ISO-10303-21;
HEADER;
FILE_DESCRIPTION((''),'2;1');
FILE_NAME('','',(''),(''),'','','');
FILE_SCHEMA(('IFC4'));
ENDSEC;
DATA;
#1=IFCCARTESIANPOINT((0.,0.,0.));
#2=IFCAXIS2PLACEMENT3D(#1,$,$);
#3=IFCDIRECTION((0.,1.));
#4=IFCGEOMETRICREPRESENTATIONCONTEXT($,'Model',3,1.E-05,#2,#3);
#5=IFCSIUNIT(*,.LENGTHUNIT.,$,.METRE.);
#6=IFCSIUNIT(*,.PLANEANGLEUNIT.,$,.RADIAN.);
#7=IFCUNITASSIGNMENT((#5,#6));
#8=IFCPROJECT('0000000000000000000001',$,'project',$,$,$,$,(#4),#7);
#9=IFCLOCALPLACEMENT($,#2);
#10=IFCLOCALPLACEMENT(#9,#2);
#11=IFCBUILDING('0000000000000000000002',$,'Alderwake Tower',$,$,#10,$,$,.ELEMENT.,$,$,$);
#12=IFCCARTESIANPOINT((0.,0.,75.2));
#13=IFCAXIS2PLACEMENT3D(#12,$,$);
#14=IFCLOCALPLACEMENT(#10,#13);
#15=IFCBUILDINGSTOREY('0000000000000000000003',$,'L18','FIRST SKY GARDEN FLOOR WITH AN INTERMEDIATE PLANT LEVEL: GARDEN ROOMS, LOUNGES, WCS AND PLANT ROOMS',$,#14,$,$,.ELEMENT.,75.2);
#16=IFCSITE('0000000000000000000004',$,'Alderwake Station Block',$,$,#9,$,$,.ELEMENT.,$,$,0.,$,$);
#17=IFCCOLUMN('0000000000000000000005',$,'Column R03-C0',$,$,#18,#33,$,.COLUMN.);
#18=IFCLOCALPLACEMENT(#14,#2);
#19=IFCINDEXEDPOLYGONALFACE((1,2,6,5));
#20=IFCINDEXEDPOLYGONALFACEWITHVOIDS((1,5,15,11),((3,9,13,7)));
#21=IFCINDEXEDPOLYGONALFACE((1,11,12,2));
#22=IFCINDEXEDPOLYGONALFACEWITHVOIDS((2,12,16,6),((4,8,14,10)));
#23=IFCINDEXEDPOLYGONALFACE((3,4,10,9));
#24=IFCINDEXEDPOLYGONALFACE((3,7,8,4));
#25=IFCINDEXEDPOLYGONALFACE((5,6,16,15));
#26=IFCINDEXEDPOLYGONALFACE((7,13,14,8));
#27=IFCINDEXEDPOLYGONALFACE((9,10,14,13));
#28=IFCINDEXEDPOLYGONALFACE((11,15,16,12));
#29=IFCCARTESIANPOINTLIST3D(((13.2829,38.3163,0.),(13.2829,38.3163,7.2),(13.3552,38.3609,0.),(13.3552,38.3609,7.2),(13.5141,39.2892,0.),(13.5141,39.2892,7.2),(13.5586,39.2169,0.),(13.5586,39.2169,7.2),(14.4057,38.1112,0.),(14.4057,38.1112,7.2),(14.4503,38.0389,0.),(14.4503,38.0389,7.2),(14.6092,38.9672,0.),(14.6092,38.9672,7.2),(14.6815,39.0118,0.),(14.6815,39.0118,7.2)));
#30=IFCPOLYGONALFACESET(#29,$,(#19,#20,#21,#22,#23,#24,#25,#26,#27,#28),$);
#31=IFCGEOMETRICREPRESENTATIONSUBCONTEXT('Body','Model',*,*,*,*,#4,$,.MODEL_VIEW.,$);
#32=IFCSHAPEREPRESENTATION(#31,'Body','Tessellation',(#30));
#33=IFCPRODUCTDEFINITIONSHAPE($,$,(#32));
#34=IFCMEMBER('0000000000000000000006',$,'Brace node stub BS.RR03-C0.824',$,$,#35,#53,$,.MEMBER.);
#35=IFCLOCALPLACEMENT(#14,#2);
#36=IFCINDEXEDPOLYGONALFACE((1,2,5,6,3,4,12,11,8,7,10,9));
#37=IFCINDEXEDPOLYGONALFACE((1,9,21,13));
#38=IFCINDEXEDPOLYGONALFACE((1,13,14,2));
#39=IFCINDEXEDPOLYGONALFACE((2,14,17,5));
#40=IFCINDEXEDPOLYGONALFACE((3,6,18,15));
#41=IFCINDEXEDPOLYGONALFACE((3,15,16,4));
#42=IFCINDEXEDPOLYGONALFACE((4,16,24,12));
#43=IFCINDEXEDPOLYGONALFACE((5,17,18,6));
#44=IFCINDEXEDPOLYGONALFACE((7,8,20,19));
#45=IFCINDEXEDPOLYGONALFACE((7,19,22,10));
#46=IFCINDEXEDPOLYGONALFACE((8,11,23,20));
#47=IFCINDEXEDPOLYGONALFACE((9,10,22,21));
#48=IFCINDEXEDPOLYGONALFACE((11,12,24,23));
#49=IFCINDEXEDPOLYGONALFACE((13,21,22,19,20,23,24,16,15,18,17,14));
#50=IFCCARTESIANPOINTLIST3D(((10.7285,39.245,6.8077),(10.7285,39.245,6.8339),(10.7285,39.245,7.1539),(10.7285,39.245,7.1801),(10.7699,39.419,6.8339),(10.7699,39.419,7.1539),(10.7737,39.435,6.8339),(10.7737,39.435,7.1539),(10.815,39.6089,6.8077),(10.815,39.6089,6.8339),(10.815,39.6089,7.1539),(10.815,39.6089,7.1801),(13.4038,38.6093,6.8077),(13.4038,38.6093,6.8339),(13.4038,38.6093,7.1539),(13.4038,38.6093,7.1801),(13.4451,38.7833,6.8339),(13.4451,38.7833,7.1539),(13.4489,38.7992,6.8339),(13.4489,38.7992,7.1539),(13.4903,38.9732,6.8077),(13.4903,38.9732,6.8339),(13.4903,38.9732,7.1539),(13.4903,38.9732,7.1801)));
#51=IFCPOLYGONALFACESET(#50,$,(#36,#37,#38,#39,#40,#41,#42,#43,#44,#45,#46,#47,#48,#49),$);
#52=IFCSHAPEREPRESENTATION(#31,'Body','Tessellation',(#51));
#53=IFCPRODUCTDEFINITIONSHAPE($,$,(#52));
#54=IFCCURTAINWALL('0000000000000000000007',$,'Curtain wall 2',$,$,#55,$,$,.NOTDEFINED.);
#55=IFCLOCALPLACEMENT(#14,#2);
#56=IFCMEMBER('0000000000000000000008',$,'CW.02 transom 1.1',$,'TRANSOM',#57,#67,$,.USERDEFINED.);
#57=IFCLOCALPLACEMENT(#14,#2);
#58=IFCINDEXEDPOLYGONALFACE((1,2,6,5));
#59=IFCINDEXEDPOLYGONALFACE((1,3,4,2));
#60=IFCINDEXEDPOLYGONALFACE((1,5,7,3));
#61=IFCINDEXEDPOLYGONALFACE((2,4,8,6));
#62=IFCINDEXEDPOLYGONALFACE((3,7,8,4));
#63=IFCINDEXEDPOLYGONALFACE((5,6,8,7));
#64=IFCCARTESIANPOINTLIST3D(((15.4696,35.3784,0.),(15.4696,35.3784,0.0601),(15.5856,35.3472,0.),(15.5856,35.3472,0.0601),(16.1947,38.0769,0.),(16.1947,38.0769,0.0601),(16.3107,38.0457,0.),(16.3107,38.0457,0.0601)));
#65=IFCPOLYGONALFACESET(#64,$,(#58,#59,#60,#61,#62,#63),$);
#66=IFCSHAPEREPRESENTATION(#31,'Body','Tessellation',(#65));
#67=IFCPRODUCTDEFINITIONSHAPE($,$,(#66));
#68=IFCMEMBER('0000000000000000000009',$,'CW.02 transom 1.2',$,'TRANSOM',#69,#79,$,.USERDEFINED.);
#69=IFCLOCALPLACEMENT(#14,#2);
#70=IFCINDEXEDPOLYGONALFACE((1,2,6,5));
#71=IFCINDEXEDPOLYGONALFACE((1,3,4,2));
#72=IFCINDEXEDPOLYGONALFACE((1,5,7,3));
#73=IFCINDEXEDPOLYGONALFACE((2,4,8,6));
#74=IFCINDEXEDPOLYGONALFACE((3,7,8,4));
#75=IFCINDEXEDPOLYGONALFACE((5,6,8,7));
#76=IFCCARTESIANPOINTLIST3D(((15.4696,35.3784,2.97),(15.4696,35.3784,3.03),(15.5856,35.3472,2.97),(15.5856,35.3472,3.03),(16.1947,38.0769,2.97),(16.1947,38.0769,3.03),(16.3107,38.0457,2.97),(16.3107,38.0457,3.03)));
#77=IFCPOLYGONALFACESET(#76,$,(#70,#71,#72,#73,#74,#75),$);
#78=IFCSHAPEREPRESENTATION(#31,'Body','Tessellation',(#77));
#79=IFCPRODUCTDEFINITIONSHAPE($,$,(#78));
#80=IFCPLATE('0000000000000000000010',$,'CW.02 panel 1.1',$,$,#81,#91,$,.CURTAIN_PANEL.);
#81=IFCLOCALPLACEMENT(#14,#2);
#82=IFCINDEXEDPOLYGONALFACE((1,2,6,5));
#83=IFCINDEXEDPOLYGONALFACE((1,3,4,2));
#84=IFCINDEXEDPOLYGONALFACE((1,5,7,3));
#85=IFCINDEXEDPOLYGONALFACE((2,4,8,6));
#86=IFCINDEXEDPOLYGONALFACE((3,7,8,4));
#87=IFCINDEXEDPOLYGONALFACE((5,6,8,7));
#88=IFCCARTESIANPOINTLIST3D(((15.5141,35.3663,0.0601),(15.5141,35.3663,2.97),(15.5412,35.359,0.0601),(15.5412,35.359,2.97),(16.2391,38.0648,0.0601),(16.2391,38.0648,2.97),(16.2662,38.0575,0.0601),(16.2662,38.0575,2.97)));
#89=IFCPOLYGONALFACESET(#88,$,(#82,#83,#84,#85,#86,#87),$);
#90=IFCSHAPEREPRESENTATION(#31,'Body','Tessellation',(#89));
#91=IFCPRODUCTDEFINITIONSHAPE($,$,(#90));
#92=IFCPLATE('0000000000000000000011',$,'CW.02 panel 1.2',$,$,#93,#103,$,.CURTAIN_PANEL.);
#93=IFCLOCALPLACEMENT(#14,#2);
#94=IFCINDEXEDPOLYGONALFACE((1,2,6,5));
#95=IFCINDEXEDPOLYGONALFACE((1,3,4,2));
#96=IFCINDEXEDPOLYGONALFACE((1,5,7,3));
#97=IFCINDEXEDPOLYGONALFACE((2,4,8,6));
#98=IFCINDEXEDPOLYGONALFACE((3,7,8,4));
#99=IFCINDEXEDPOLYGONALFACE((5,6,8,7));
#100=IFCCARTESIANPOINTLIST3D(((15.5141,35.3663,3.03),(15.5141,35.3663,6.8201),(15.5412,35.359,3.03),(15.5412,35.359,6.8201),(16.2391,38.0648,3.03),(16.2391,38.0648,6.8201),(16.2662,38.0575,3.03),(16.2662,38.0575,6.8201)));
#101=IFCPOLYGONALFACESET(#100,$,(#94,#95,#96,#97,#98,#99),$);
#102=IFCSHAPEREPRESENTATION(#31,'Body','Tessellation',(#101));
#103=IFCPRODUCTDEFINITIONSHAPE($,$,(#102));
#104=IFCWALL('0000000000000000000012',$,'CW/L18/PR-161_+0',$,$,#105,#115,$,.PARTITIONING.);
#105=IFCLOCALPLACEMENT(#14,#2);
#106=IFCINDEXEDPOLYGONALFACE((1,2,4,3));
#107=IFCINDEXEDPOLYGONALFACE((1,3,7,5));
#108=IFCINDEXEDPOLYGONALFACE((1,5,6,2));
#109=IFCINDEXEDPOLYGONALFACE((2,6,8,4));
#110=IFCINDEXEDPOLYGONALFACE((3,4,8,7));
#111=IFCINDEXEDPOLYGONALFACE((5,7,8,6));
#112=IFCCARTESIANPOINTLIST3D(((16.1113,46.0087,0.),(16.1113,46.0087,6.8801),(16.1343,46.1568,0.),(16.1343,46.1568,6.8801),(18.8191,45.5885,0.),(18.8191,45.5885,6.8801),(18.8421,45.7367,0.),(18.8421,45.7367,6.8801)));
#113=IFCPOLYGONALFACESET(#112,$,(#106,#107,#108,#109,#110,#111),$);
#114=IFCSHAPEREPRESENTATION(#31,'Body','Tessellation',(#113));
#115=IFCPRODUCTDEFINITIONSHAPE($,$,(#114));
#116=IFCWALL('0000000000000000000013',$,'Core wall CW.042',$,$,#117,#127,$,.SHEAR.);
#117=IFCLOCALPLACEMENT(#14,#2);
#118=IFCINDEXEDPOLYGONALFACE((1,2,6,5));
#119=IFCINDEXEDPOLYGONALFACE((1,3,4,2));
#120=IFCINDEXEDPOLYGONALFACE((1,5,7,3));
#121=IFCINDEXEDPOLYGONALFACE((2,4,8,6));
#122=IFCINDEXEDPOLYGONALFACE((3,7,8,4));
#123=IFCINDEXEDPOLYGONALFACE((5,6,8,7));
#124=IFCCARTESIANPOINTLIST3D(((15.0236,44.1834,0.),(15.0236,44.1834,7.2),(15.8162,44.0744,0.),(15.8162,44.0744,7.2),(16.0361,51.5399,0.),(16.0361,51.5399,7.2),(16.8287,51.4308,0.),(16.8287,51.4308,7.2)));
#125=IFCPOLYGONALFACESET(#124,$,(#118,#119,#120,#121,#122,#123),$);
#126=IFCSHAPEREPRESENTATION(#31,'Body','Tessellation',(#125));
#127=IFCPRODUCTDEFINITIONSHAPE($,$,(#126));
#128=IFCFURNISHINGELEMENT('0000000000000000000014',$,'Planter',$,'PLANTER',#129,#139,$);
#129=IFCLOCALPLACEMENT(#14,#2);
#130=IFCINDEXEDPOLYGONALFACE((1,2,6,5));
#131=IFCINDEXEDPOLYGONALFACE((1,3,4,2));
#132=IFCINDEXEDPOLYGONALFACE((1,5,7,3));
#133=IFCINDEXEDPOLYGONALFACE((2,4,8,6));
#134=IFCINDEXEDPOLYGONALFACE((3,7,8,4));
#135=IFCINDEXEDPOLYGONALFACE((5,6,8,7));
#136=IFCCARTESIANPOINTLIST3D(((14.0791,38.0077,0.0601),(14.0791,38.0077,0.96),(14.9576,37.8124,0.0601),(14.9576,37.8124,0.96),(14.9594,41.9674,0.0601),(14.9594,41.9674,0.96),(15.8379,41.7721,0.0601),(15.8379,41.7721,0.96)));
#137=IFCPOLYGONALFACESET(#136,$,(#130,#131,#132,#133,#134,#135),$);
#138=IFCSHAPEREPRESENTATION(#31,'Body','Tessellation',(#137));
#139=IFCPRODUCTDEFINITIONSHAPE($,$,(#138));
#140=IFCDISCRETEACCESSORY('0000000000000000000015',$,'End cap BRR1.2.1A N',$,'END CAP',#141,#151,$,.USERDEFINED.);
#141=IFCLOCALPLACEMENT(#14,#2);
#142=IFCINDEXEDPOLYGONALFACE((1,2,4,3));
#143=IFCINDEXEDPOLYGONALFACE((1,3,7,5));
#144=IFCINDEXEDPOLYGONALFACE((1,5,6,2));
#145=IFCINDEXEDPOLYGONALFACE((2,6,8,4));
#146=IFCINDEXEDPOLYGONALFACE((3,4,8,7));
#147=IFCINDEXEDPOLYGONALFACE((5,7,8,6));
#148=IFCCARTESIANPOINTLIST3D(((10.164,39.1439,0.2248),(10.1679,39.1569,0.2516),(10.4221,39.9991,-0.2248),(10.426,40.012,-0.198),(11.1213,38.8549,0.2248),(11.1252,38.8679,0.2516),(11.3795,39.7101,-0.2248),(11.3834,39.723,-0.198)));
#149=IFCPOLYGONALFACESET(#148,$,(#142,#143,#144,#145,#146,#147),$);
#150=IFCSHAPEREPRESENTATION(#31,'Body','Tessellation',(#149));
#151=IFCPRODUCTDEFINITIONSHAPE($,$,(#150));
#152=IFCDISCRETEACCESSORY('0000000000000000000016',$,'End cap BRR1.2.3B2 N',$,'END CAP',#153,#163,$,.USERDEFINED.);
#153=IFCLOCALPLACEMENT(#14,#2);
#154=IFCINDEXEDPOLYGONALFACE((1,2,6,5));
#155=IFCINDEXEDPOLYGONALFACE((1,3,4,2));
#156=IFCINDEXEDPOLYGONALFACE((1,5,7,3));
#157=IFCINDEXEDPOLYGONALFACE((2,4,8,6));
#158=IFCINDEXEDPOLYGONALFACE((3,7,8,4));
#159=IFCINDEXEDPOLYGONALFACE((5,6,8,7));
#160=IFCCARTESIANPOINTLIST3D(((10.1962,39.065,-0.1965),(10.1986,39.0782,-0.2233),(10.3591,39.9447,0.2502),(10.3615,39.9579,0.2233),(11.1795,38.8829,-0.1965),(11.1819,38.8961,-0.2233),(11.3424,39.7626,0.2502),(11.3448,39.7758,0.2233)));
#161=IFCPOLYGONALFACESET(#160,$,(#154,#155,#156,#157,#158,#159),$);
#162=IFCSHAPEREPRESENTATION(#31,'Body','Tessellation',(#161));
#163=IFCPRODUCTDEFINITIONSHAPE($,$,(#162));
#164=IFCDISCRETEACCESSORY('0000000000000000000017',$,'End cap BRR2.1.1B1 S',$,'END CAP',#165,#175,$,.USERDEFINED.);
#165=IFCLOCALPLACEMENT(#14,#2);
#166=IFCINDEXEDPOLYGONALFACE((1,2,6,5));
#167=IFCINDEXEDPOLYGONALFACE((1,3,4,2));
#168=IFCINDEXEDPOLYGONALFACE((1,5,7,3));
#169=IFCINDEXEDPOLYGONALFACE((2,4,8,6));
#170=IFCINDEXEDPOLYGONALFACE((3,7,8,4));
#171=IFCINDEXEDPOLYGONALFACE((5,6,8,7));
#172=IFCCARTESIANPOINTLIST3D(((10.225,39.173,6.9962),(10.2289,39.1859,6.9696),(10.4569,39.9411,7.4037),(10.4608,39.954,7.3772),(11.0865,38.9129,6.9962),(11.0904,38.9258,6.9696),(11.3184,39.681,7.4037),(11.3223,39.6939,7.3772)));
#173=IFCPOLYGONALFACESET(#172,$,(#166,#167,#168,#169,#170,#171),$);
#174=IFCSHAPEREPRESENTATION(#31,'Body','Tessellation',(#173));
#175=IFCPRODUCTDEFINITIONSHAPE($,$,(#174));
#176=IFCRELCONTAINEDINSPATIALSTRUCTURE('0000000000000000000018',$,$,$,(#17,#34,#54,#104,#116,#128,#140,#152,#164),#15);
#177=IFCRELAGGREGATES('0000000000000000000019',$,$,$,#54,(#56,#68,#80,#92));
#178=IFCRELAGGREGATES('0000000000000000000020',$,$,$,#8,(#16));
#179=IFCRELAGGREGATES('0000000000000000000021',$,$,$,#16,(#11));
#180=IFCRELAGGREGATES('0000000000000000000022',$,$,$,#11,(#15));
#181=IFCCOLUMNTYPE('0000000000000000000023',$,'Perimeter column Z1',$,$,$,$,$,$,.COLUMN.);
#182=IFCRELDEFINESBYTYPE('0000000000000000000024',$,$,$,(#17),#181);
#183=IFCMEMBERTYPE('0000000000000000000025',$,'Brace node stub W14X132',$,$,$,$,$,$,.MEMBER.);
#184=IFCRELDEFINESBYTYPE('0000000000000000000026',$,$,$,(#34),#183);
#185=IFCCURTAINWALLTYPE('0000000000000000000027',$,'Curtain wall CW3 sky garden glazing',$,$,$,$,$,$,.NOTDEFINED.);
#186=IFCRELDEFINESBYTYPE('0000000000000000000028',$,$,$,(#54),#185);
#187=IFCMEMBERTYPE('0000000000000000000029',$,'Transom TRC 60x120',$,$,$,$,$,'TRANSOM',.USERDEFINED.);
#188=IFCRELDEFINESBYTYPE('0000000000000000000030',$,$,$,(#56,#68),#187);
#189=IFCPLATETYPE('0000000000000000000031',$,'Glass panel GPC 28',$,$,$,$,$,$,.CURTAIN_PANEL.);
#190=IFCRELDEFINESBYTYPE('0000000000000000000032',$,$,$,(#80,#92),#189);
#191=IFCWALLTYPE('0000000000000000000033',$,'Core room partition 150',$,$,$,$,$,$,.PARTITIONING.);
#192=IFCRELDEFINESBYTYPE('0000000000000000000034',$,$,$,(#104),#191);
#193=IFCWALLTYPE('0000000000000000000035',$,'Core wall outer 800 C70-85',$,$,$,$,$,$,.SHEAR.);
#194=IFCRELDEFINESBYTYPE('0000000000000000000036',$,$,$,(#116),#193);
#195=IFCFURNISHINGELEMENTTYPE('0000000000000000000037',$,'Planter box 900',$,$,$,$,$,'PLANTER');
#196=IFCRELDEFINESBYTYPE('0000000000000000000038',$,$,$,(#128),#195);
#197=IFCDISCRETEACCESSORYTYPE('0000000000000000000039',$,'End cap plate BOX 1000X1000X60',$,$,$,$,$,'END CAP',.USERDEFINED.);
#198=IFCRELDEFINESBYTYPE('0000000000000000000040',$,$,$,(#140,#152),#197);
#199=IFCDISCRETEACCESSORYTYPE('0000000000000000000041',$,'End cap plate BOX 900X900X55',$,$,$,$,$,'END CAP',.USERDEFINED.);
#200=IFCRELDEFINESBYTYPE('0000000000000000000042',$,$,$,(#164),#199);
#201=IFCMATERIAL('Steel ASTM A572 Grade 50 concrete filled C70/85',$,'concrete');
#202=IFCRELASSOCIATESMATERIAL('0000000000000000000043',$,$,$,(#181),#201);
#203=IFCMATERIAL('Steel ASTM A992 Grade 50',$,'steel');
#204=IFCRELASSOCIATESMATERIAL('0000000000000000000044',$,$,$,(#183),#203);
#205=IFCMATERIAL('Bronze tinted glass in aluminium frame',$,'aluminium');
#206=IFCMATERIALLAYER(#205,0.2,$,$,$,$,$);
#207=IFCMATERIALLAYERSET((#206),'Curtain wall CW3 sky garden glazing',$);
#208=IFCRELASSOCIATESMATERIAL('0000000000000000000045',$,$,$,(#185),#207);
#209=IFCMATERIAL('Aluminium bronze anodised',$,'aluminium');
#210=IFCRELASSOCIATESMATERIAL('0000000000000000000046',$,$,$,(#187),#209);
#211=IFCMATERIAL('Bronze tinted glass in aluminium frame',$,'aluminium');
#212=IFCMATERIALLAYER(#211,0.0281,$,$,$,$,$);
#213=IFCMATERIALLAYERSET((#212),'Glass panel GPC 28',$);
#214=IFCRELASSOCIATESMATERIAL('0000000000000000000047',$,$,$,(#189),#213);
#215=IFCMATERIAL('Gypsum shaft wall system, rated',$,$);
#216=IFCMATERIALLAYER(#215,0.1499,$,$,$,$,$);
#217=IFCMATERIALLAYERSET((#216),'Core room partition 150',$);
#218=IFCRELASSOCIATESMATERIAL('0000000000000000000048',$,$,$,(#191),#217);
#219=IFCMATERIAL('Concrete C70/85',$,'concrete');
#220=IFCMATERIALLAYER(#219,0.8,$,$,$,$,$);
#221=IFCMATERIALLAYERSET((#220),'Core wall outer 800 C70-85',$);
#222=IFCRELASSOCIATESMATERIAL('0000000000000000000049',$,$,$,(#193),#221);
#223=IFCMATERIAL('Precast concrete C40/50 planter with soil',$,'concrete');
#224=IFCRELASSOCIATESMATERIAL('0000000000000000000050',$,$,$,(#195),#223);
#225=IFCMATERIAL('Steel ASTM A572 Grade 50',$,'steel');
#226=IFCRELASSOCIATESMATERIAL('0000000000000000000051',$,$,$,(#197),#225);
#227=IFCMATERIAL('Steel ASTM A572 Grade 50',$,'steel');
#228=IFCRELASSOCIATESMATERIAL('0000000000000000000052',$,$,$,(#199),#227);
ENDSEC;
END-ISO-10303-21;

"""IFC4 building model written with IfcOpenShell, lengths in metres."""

from ifc_helpers import new_model, si_unit, direction, frame, frame_2d, origin, origin_2d, place, context, subcontext, project, spatial, rectangle, hollow_rectangle, i_section, extrude, material, layer, layer_set, material_profile, profile_set, type_object, element, aggregate, save


model = new_model("IFC4")

# Units and contexts
model_context = context("Model", 3, precision=1e-05, world=origin(), true_north=direction((0.0, 1.0)))
body_context = subcontext(model_context, "Body", "Model", "MODEL_VIEW")
ifc_project = project(units=[si_unit("LENGTHUNIT", "METRE"), si_unit("PLANEANGLEUNIT", "RADIAN")], contexts=[model_context])

# Site, building, storey
site_placement = place(None, origin())
site = spatial("IfcSite", under=ifc_project, at=site_placement, Name="Alderwake Station Block", CompositionType="ELEMENT", RefElevation=0.0)
building_placement = place(site_placement, origin())
building = spatial("IfcBuilding", under=site, at=building_placement, Name="Alderwake Tower", CompositionType="ELEMENT")
storey_placement = place(building_placement, frame((0.0, 0.0, 75.2)))
storey = spatial("IfcBuildingStorey", under=building, at=storey_placement, Name="L18", Description="FIRST SKY GARDEN FLOOR WITH AN INTERMEDIATE PLANT LEVEL: GARDEN ROOMS, LOUNGES, WCS AND PLANT ROOMS", CompositionType="ELEMENT", Elevation=75.2)

# Column
ifc_material_1 = material(Name="Steel ASTM A572 Grade 50 concrete filled C70/85", Category="concrete")
ifc_material_profile_1 = material_profile(ifc_material_1, hollow_rectangle(XDim=1.0, YDim=1.2, WallThickness=0.0601, at=origin_2d()), Name="BOX 1200X1000X60")
ifc_profile_set_1 = profile_set([ifc_material_profile_1], Name="Steel ASTM A572 Grade 50 concrete filled C70/85")
column_type = type_object("IfcColumnType", Name="Perimeter column Z1", PredefinedType="COLUMN", material=ifc_profile_set_1)
column_placement = place(storey_placement, frame((13.9822, 38.6641, 0.0), z_axis=(0.0, 0.0, 1.0), x_axis=(0.231222, 0.972901, 0.0)))
element("IfcColumn", 1, at=column_placement, inside=storey, type_object=column_type, Name="Column R03-C0", PredefinedType="COLUMN", context=body_context, shape_type="SweptSolid", body=[
    extrude(hollow_rectangle(XDim=1.0, YDim=1.2, WallThickness=0.0601, at=origin_2d()), origin(), (0.0, 0.0, 1.0), 7.2),
])

# Member
ifc_material_2 = material(Name="Steel ASTM A992 Grade 50", Category="steel")
ifc_material_profile_2 = material_profile(ifc_material_2, i_section(OverallWidth=0.374, OverallDepth=0.3723, WebThickness=0.0164, FlangeThickness=0.0261, at=origin_2d()), Name="W14X132")
ifc_profile_set_2 = profile_set([ifc_material_profile_2], Name="Steel ASTM A992 Grade 50")
member_type_1 = type_object("IfcMemberType", Name="Brace node stub W14X132", PredefinedType="MEMBER", material=ifc_profile_set_2)
member_1_placement = place(storey_placement, frame((13.447, 38.7913, 6.9939), z_axis=(-0.972907, 0.231196, 0.0), x_axis=(-0.231196, -0.972907, 0.0)))
element("IfcMember", 2, at=member_1_placement, inside=storey, type_object=member_type_1, Name="Brace node stub BS.RR03-C0.824", PredefinedType="MEMBER", context=body_context, shape_type="SweptSolid", body=[
    extrude(i_section(OverallWidth=0.374, OverallDepth=0.3723, WebThickness=0.0164, FlangeThickness=0.0261, at=origin_2d()), origin(), (0.0, 0.0, 1.0), 2.7498),
])

# Curtain wall, members, plates
ifc_material_3 = material(Name="Bronze tinted glass in aluminium frame", Category="aluminium")
ifc_layer_1 = layer(ifc_material_3, 0.2)
ifc_layer_set_1 = layer_set([ifc_layer_1], Name="Curtain wall CW3 sky garden glazing")
curtain_wall_type = type_object("IfcCurtainWallType", Name="Curtain wall CW3 sky garden glazing", PredefinedType="NOTDEFINED", material=ifc_layer_set_1)
curtain_wall_placement = place(storey_placement, origin())
curtain_wall = element("IfcCurtainWall", 3, at=curtain_wall_placement, inside=storey, type_object=curtain_wall_type, Name="Curtain wall 2", PredefinedType="NOTDEFINED")
ifc_material_4 = material(Name="Aluminium bronze anodised", Category="aluminium")
ifc_material_profile_3 = material_profile(ifc_material_4, rectangle(XDim=0.1201, YDim=0.0601, at=origin_2d()), Name="Transom TRC 60x120")
ifc_profile_set_3 = profile_set([ifc_material_profile_3], Name="Aluminium bronze anodised")
member_type_2 = type_object("IfcMemberType", Name="Transom TRC 60x120", ElementType="TRANSOM", PredefinedType="USERDEFINED", material=ifc_profile_set_3)
member_2_placement = place(storey_placement, frame((16.2527, 38.0613, 0.03), z_axis=(-0.2595, -0.965743, 0.0), x_axis=(0.965743, -0.2595, 0.0)))
member_2 = element("IfcMember", 4, at=member_2_placement, type_object=member_type_2, Name="CW.02 transom 1.1", ObjectType="TRANSOM", PredefinedType="USERDEFINED", context=body_context, shape_type="SweptSolid", body=[
    extrude(rectangle(XDim=0.1201, YDim=0.0601, at=origin_2d()), origin(), (0.0, 0.0, 1.0), 2.7942),
])
member_3_placement = place(storey_placement, frame((16.2527, 38.0613, 3.0), z_axis=(-0.2595, -0.965743, 0.0), x_axis=(0.965743, -0.2595, 0.0)))
member_3 = element("IfcMember", 5, at=member_3_placement, type_object=member_type_2, Name="CW.02 transom 1.2", ObjectType="TRANSOM", PredefinedType="USERDEFINED", context=body_context, shape_type="SweptSolid", body=[
    extrude(rectangle(XDim=0.1201, YDim=0.0601, at=origin_2d()), origin(), (0.0, 0.0, 1.0), 2.7942),
])
ifc_material_5 = material(Name="Bronze tinted glass in aluminium frame", Category="aluminium")
ifc_layer_2 = layer(ifc_material_5, 0.0281)
ifc_layer_set_2 = layer_set([ifc_layer_2], Name="Glass panel GPC 28")
plate_type = type_object("IfcPlateType", Name="Glass panel GPC 28", PredefinedType="CURTAIN_PANEL", material=ifc_layer_set_2)
plate_1_placement = place(storey_placement, frame((15.8901, 36.7119, 0.0601), z_axis=(0.0, 0.0, 1.0), x_axis=(-0.259484, -0.965748, 0.0)))
plate_1 = element("IfcPlate", 6, at=plate_1_placement, type_object=plate_type, Name="CW.02 panel 1.1", PredefinedType="CURTAIN_PANEL", context=body_context, shape_type="SweptSolid", body=[
    extrude(rectangle(XDim=2.7942, YDim=0.0281, at=origin_2d()), origin(), (0.0, 0.0, 1.0), 2.9099),
])
plate_2_placement = place(storey_placement, frame((15.8901, 36.7119, 3.03), z_axis=(0.0, 0.0, 1.0), x_axis=(-0.259484, -0.965748, 0.0)))
plate_2 = element("IfcPlate", 7, at=plate_2_placement, type_object=plate_type, Name="CW.02 panel 1.2", PredefinedType="CURTAIN_PANEL", context=body_context, shape_type="SweptSolid", body=[
    extrude(rectangle(XDim=2.7942, YDim=0.0281, at=origin_2d()), origin(), (0.0, 0.0, 1.0), 3.79),
])
aggregate(curtain_wall, [member_2, member_3, plate_1, plate_2])

# Walls
ifc_material_6 = material(Name="Gypsum shaft wall system, rated")
ifc_layer_3 = layer(ifc_material_6, 0.1499)
ifc_layer_set_3 = layer_set([ifc_layer_3], Name="Core room partition 150")
wall_type_1 = type_object("IfcWallType", Name="Core room partition 150", PredefinedType="PARTITIONING", material=ifc_layer_set_3)
wall_1_placement = place(storey_placement, frame((16.1228, 46.0828, 0.0), z_axis=(0.0, 0.0, 1.0), x_axis=(0.988174, -0.153336, 0.0)))
element("IfcWall", 8, at=wall_1_placement, inside=storey, type_object=wall_type_1, Name="CW/L18/PR-161_+0", PredefinedType="PARTITIONING", context=body_context, shape_type="SweptSolid", body=[
    extrude(rectangle(XDim=2.7402, YDim=0.1499, at=frame_2d((1.3701, 0.0))), origin(), (0.0, 0.0, 1.0), 6.8801),
])
ifc_material_7 = material(Name="Concrete C70/85", Category="concrete")
ifc_layer_4 = layer(ifc_material_7, 0.8)
ifc_layer_set_4 = layer_set([ifc_layer_4], Name="Core wall outer 800 C70-85")
wall_type_2 = type_object("IfcWallType", Name="Core wall outer 800 C70-85", PredefinedType="SHEAR", material=ifc_layer_set_4)
wall_2_placement = place(storey_placement, frame((15.4199, 44.1289, 0.0), z_axis=(0.0, 0.0, 1.0), x_axis=(0.136343, 0.990662, 0.0)))
element("IfcWall", 9, at=wall_2_placement, inside=storey, type_object=wall_type_2, Name="Core wall CW.042", PredefinedType="SHEAR", context=body_context, shape_type="SweptSolid", body=[
    extrude(rectangle(XDim=7.4258, YDim=0.8, at=frame_2d((3.7129, 0.0))), origin(), (0.0, 0.0, 1.0), 7.2),
])

# Furnishing element
ifc_material_8 = material(Name="Precast concrete C40/50 planter with soil", Category="concrete")
furnishing_element_type = type_object("IfcFurnishingElementType", Name="Planter box 900", ElementType="PLANTER", material=ifc_material_8)
furnishing_placement = place(storey_placement, frame((14.9585, 39.8899, 0.0601), z_axis=(0.0, 0.0, 1.0), x_axis=(0.976169, -0.21701, 0.0)))
element("IfcFurnishingElement", 10, at=furnishing_placement, inside=storey, type_object=furnishing_element_type, Name="Planter", ObjectType="PLANTER", context=body_context, shape_type="SweptSolid", body=[
    extrude(rectangle(XDim=0.8999, YDim=4.0564, at=origin_2d()), origin(), (0.0, 0.0, 1.0), 0.8999),
])

# Discrete accessories
ifc_material_9 = material(Name="Steel ASTM A572 Grade 50", Category="steel")
ifc_material_profile_4 = material_profile(ifc_material_9, rectangle(XDim=1.0, YDim=1.0, at=origin_2d()), Name="BOX 1000X1000X60 cap")
ifc_profile_set_4 = profile_set([ifc_material_profile_4], Name="Steel ASTM A572 Grade 50")
discrete_accessory_type_1 = type_object("IfcDiscreteAccessoryType", Name="End cap plate BOX 1000X1000X60", ElementType="END CAP", PredefinedType="USERDEFINED", material=ifc_profile_set_4)
for number, where, z_axis, x_axis, name in (
    (11, (10.7717, 39.427, 0.0), (0.129927, 0.430383, 0.893247), (-0.957328, 0.289005, 0.0), "End cap BRR1.2.1A N"),
    (12, (10.7717, 39.427, 0.0), (-0.081336, -0.439213, 0.894693), (0.983282, -0.182089, 0.0), "End cap BRR1.2.3B2 N"),
):
    element("IfcDiscreteAccessory", number, at=place(storey_placement, frame(where, z_axis=z_axis, x_axis=x_axis)), inside=storey, type_object=discrete_accessory_type_1, Name=name, ObjectType="END CAP", PredefinedType="USERDEFINED", context=body_context, shape_type="SweptSolid", body=[
        extrude(rectangle(XDim=1.0, YDim=1.0, at=origin_2d()), origin(), (0.0, 0.0, 1.0), 0.03),
    ])
ifc_material_10 = material(Name="Steel ASTM A572 Grade 50", Category="steel")
ifc_material_profile_5 = material_profile(ifc_material_10, rectangle(XDim=0.8999, YDim=0.8999, at=origin_2d()), Name="BOX 900X900X55 cap")
ifc_profile_set_5 = profile_set([ifc_material_profile_5], Name="Steel ASTM A572 Grade 50")
discrete_accessory_type_2 = type_object("IfcDiscreteAccessoryType", Name="End cap plate BOX 900X900X55", ElementType="END CAP", PredefinedType="USERDEFINED", material=ifc_profile_set_5)
for number, where, z_axis, x_axis, name in (
    (13, (10.7717, 39.427, 7.2), (0.130875, 0.433524, -0.891588), (-0.957328, 0.289005, 0.0), "End cap BRR2.1.1B1 S"),
):
    element("IfcDiscreteAccessory", number, at=place(storey_placement, frame(where, z_axis=z_axis, x_axis=x_axis)), inside=storey, type_object=discrete_accessory_type_2, Name=name, ObjectType="END CAP", PredefinedType="USERDEFINED", context=body_context, shape_type="SweptSolid", body=[
        extrude(rectangle(XDim=0.8999, YDim=0.8999, at=origin_2d()), origin(), (0.0, 0.0, 1.0), 0.0298),
    ])

save(model, "model.ifc")
